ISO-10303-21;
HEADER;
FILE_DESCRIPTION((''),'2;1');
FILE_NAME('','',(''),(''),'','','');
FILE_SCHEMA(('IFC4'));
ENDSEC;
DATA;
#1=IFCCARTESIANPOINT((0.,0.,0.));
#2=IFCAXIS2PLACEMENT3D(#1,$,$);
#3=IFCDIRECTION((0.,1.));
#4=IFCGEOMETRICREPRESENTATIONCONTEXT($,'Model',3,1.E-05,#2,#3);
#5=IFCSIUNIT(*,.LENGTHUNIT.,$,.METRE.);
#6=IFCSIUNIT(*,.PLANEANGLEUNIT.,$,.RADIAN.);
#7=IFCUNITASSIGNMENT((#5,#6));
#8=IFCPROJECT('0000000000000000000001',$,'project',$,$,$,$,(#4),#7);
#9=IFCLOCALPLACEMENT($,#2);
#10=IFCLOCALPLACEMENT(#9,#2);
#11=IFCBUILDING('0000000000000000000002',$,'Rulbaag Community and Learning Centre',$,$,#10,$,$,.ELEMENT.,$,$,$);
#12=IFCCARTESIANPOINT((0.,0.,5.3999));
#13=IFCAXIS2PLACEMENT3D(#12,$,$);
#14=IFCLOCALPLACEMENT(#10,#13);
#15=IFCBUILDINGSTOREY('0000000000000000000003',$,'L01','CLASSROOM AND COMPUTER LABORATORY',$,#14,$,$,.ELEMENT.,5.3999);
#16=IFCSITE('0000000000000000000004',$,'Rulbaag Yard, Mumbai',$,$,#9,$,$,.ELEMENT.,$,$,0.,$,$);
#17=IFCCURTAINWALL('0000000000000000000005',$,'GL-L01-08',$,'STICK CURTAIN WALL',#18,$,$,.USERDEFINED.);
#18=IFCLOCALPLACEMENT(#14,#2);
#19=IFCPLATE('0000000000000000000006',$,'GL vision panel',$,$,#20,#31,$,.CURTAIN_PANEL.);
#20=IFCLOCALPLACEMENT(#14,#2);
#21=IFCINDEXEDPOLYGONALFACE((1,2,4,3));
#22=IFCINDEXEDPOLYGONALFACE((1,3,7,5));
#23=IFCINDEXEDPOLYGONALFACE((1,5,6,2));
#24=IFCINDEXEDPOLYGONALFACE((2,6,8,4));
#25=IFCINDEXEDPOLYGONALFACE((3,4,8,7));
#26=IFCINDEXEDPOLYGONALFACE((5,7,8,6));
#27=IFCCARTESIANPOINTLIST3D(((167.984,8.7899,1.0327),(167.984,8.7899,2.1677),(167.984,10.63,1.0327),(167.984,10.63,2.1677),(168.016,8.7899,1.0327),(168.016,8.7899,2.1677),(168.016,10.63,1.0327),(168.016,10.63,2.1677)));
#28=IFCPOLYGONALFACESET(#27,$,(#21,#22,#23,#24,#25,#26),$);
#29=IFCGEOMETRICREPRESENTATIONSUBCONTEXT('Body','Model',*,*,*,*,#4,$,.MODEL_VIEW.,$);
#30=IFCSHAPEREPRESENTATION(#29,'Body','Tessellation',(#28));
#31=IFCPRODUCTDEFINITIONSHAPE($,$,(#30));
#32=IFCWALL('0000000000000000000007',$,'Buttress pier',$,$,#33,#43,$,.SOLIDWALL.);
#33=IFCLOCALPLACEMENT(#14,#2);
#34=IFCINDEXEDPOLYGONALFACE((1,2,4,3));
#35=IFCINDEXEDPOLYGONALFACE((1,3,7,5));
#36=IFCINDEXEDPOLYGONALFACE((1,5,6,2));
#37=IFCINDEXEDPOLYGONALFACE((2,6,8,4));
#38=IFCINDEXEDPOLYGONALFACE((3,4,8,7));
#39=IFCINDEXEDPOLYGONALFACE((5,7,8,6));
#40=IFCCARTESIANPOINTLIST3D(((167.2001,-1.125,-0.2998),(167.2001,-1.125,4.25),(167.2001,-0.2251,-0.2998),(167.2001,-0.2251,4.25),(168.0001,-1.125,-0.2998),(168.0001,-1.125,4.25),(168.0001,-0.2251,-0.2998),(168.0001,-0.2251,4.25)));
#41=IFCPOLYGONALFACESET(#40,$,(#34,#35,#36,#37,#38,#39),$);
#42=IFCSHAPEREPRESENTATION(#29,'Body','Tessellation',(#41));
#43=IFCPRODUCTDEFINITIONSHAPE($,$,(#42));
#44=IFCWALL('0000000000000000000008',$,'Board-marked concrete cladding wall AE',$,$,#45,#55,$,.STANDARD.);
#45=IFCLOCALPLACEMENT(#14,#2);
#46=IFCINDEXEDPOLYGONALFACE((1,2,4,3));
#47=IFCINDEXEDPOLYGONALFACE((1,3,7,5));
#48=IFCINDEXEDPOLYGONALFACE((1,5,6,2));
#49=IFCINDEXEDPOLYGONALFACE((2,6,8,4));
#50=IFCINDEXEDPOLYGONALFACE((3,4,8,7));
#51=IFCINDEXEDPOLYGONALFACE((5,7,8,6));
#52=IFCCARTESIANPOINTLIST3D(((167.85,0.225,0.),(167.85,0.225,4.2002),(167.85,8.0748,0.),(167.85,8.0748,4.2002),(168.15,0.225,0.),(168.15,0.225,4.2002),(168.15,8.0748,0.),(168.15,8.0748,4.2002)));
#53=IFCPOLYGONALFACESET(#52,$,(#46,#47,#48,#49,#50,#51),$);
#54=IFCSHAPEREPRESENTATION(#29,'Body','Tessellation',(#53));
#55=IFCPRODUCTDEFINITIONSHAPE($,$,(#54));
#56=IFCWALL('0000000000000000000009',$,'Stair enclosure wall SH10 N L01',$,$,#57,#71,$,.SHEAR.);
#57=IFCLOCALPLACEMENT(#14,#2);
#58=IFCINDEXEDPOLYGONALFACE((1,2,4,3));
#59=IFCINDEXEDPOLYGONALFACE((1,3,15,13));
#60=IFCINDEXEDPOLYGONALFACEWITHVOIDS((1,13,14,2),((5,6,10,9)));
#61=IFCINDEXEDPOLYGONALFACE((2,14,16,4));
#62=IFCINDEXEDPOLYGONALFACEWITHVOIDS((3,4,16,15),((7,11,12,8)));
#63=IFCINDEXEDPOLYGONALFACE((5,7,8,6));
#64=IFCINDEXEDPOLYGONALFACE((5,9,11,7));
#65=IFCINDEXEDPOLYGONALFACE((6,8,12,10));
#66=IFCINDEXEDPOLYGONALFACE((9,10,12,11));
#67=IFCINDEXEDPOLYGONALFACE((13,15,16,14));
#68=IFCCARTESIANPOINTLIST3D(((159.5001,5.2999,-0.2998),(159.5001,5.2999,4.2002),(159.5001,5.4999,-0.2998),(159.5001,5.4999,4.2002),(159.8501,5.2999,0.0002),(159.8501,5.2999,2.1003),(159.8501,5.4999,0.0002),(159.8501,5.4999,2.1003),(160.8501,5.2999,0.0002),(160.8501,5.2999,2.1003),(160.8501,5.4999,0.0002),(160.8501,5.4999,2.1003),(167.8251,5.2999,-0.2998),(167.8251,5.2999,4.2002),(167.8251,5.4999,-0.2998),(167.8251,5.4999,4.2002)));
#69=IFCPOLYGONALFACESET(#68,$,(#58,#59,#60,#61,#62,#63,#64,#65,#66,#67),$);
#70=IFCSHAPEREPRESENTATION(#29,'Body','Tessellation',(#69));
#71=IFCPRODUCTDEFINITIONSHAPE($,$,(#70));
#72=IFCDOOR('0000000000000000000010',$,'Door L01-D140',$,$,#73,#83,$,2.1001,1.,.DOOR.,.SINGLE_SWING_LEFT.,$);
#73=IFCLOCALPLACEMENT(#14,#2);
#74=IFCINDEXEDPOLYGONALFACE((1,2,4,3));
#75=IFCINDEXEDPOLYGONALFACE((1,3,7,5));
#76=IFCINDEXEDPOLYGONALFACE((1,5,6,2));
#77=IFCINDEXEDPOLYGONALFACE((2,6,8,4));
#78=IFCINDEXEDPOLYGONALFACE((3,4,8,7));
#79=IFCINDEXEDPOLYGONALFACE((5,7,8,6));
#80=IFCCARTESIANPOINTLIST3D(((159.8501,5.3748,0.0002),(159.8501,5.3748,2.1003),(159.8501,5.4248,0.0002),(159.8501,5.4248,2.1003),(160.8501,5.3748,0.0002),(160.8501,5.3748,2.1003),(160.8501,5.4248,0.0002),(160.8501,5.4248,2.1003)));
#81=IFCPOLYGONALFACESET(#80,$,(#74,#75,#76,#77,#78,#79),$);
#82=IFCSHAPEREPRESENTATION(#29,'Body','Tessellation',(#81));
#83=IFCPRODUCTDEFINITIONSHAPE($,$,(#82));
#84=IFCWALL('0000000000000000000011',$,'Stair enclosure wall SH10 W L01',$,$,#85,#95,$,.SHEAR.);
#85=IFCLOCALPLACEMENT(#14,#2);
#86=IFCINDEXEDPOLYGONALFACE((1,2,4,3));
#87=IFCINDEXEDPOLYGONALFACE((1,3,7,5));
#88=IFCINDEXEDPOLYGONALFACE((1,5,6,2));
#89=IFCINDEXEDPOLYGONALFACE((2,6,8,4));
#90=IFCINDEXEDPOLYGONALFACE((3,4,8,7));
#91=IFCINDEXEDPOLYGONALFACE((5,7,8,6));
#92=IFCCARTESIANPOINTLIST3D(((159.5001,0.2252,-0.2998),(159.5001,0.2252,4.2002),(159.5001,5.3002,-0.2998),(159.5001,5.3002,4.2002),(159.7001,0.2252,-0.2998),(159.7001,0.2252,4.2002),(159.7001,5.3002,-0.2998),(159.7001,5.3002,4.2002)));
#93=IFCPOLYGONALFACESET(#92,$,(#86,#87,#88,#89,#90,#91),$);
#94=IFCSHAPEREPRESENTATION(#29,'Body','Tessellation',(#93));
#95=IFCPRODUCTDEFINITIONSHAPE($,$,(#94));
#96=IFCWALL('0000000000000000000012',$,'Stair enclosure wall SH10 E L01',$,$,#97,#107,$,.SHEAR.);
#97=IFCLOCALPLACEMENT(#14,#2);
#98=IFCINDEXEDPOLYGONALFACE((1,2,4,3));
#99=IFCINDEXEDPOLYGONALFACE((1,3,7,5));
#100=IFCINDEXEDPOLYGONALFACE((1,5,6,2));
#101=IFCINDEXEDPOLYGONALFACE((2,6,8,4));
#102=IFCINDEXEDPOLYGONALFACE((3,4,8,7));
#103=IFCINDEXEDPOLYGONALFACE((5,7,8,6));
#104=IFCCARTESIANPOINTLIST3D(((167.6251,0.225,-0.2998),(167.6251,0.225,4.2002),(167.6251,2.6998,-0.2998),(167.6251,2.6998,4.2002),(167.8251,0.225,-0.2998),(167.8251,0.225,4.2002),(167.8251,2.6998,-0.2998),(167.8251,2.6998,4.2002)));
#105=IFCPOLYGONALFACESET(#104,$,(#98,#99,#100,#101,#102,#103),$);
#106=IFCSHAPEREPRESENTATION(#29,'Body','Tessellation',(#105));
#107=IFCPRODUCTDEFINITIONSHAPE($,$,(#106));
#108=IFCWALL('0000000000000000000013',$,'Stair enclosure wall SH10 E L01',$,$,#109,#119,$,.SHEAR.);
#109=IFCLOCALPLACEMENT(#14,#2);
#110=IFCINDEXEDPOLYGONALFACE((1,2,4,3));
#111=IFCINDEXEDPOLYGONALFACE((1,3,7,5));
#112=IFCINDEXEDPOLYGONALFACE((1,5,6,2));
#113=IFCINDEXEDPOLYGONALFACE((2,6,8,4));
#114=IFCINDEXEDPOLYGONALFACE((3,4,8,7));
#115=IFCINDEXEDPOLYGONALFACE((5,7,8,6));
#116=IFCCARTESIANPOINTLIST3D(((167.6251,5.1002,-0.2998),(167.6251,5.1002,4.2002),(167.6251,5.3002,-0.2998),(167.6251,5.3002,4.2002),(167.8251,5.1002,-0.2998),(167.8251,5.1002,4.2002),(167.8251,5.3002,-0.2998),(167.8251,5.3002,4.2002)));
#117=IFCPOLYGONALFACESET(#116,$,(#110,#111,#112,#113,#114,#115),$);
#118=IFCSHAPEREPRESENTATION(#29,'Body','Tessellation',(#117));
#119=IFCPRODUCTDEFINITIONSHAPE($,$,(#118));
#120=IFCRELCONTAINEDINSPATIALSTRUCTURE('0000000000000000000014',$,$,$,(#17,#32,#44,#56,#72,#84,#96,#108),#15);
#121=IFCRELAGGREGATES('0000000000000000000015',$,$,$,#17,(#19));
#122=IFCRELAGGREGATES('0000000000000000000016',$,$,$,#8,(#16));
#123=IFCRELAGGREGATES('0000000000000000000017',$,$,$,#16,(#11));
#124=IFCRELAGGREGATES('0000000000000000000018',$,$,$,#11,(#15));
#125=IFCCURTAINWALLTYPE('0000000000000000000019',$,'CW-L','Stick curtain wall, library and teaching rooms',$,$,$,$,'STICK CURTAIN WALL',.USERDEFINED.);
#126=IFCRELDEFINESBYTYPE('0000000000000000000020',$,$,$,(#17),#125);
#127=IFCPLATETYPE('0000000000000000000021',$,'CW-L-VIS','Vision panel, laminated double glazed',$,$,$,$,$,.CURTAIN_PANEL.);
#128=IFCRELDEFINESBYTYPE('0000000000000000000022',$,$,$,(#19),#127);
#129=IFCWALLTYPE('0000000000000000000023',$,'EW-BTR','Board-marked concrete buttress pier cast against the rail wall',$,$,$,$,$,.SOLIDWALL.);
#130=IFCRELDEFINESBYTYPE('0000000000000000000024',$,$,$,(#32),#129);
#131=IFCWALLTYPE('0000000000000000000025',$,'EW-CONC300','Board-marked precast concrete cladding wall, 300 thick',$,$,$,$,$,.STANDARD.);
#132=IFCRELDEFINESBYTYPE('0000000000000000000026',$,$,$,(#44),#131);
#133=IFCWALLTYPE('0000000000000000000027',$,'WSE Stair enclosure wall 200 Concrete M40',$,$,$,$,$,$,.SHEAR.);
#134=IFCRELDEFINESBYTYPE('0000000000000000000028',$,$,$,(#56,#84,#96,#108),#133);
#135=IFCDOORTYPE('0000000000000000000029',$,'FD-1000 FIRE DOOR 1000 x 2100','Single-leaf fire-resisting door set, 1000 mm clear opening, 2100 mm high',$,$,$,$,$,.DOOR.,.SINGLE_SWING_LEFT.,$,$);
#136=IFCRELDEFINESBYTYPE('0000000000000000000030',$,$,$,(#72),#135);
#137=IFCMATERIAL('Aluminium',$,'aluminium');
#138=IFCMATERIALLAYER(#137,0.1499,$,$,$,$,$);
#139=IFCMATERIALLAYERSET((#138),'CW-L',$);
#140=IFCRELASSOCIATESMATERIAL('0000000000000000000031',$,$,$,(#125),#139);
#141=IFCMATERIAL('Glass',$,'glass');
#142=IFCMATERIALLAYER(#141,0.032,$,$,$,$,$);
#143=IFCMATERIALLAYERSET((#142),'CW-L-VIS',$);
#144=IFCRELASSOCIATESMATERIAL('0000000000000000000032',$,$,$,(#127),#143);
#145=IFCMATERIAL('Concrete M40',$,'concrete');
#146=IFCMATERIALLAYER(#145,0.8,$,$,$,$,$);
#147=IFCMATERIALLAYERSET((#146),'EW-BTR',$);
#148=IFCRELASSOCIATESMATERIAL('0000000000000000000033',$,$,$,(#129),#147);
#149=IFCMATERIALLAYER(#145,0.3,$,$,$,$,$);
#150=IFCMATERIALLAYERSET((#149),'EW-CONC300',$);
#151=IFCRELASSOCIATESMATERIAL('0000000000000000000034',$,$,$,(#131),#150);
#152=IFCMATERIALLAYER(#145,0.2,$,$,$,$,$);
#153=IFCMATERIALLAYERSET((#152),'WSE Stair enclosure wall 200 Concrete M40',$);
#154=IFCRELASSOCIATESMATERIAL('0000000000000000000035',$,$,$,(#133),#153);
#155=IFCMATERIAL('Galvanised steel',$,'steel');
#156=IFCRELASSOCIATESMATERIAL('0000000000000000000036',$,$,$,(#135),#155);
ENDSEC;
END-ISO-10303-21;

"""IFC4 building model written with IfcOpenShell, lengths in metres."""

from ifc_helpers import new_model, si_unit, direction, frame, frame_2d, origin, origin_2d, place, context, subcontext, project, spatial, rectangle, extrude, material, layer, layer_set, type_object, element, fill, aggregate, save


model = new_model("IFC4")

# Units and contexts
model_context = context("Model", 3, precision=1e-05, world=origin(), true_north=direction((0.0, 1.0)))
body_context = subcontext(model_context, "Body", "Model", "MODEL_VIEW")
ifc_project = project(units=[si_unit("LENGTHUNIT", "METRE"), si_unit("PLANEANGLEUNIT", "RADIAN")], contexts=[model_context])

# Site, building, storey
site_placement = place(None, origin())
site = spatial("IfcSite", under=ifc_project, at=site_placement, Name="Rulbaag Yard, Mumbai", CompositionType="ELEMENT", RefElevation=0.0)
building_placement = place(site_placement, origin())
building = spatial("IfcBuilding", under=site, at=building_placement, Name="Rulbaag Community and Learning Centre", CompositionType="ELEMENT")
storey_placement = place(building_placement, frame((0.0, 0.0, 5.3999)))
storey = spatial("IfcBuildingStorey", under=building, at=storey_placement, Name="L01", Description="CLASSROOM AND COMPUTER LABORATORY", CompositionType="ELEMENT", Elevation=5.3999)

# Shared definitions
ifc_material_1 = material(Name="Concrete M40", Category="concrete")

# Curtain wall, plate
ifc_material_2 = material(Name="Aluminium", Category="aluminium")
ifc_layer_1 = layer(ifc_material_2, 0.1499)
ifc_layer_set_1 = layer_set([ifc_layer_1], Name="CW-L")
curtain_wall_type = type_object("IfcCurtainWallType", Name="CW-L", Description="Stick curtain wall, library and teaching rooms", ElementType="STICK CURTAIN WALL", PredefinedType="USERDEFINED", material=ifc_layer_set_1)
curtain_wall_placement = place(storey_placement, origin())
curtain_wall = element("IfcCurtainWall", 1, at=curtain_wall_placement, inside=storey, type_object=curtain_wall_type, Name="GL-L01-08", ObjectType="STICK CURTAIN WALL", PredefinedType="USERDEFINED")
ifc_material_3 = material(Name="Glass", Category="glass")
ifc_layer_2 = layer(ifc_material_3, 0.032)
ifc_layer_set_2 = layer_set([ifc_layer_2], Name="CW-L-VIS")
plate_type_1 = type_object("IfcPlateType", Name="CW-L-VIS", Description="Vision panel, laminated double glazed", PredefinedType="CURTAIN_PANEL", material=ifc_layer_set_2)
plate_1_placement = place(storey_placement, frame((168.0, 9.71, 1.0327), z_axis=(0.0, 0.0, 1.0), x_axis=(0.0, 1.0, 0.0)))
plate_1 = element("IfcPlate", 2, at=plate_1_placement, type_object=plate_type_1, Name="GL vision panel", PredefinedType="CURTAIN_PANEL", context=body_context, shape_type="SweptSolid", body=[
    extrude(rectangle(XDim=1.8401, YDim=0.032, at=origin_2d()), origin(), (0.0, 0.0, 1.0), 1.135),
])
aggregate(curtain_wall, [plate_1])

# Walls
ifc_layer_3 = layer(ifc_material_1, 0.8)
ifc_layer_set_3 = layer_set([ifc_layer_3], Name="EW-BTR")
wall_type_1 = type_object("IfcWallType", Name="EW-BTR", Description="Board-marked concrete buttress pier cast against the rail wall", PredefinedType="SOLIDWALL", material=ifc_layer_set_3)
wall_1_placement = place(storey_placement, frame((167.6001, -0.2251, -0.2998), z_axis=(0.0, 0.0, 1.0), x_axis=(0.0, -1.0, 0.0)))
element("IfcWall", 3, at=wall_1_placement, inside=storey, type_object=wall_type_1, Name="Buttress pier", PredefinedType="SOLIDWALL", context=body_context, shape_type="SweptSolid", body=[
    extrude(rectangle(XDim=0.8999, YDim=0.8, at=frame_2d((0.45, 0.0))), origin(), (0.0, 0.0, 1.0), 4.5498),
])
ifc_layer_4 = layer(ifc_material_1, 0.3)
ifc_layer_set_4 = layer_set([ifc_layer_4], Name="EW-CONC300")
wall_type_2 = type_object("IfcWallType", Name="EW-CONC300", Description="Board-marked precast concrete cladding wall, 300 thick", PredefinedType="STANDARD", material=ifc_layer_set_4)
wall_2_placement = place(storey_placement, frame((168.0, 0.2251, 0.0), z_axis=(0.0, 0.0, 1.0), x_axis=(0.0, 1.0, 0.0)))
element("IfcWall", 4, at=wall_2_placement, inside=storey, type_object=wall_type_2, Name="Board-marked concrete cladding wall AE", PredefinedType="STANDARD", context=body_context, shape_type="SweptSolid", body=[
    extrude(rectangle(XDim=7.8499, YDim=0.3, at=frame_2d((3.9248, 0.0))), origin(), (0.0, 0.0, 1.0), 4.2002),
])

# Wall, opening, door
ifc_layer_5 = layer(ifc_material_1, 0.2)
ifc_layer_set_5 = layer_set([ifc_layer_5], Name="WSE Stair enclosure wall 200 Concrete M40")
wall_type_3 = type_object("IfcWallType", Name="WSE Stair enclosure wall 200 Concrete M40", PredefinedType="SHEAR", material=ifc_layer_set_5)
wall_3_placement = place(storey_placement, frame((159.5, 5.3999, -0.2998), z_axis=(0.0, 0.0, 1.0), x_axis=(1.0, 0.0, 0.0)))
wall_3 = element("IfcWall", 5, at=wall_3_placement, inside=storey, type_object=wall_type_3, Name="Stair enclosure wall SH10 N L01", PredefinedType="SHEAR", context=body_context, shape_type="SweptSolid", body=[
    extrude(rectangle(XDim=8.325, YDim=0.2, at=frame_2d((4.1626, 0.0))), origin(), (0.0, 0.0, 1.0), 4.5),
])
opening_placement = place(wall_3_placement, frame((0.3501, 0.0, 0.3)))
opening = element("IfcOpeningElement", 6, at=opening_placement, cuts=wall_3, PredefinedType="OPENING", context=body_context, shape_type="SweptSolid", body=[
    extrude(rectangle(XDim=1.0, YDim=2.1001, at=frame_2d((0.5, 1.05))), frame((0.0, 0.1099, 0.0), z_axis=(0.0, -1.0, 0.0), x_axis=(1.0, 0.0, 0.0)), (0.0, 0.0, 1.0), 0.22),
])
ifc_material_4 = material(Name="Galvanised steel", Category="steel")
door_type = type_object("IfcDoorType", Name="FD-1000 FIRE DOOR 1000 x 2100", Description="Single-leaf fire-resisting door set, 1000 mm clear opening, 2100 mm high", OperationType="SINGLE_SWING_LEFT", PredefinedType="DOOR", material=ifc_material_4)
door_placement = place(opening_placement, origin())
door = element("IfcDoor", 7, at=door_placement, inside=storey, type_object=door_type, Name="Door L01-D140", OperationType="SINGLE_SWING_LEFT", OverallHeight=2.1001, OverallWidth=1.0, PredefinedType="DOOR", context=body_context, shape_type="SweptSolid", body=[
    extrude(rectangle(XDim=1.0, YDim=2.1001, at=frame_2d((0.5, 1.05))), frame((0.0, 0.0249, 0.0), z_axis=(0.0, -1.0, 0.0), x_axis=(1.0, 0.0, 0.0)), (0.0, 0.0, 1.0), 0.05),
])
fill(opening, door)

# Walls
wall_4_placement = place(storey_placement, frame((159.6001, 0.2251, -0.2998), z_axis=(0.0, 0.0, 1.0), x_axis=(0.0, 1.0, 0.0)))
element("IfcWall", 8, at=wall_4_placement, inside=storey, type_object=wall_type_3, Name="Stair enclosure wall SH10 W L01", PredefinedType="SHEAR", context=body_context, shape_type="SweptSolid", body=[
    extrude(rectangle(XDim=5.075, YDim=0.2, at=frame_2d((2.5376, 0.0))), origin(), (0.0, 0.0, 1.0), 4.5),
])
wall_5_placement = place(storey_placement, frame((167.7251, 0.2251, -0.2998), z_axis=(0.0, 0.0, 1.0), x_axis=(0.0, 1.0, 0.0)))
element("IfcWall", 9, at=wall_5_placement, inside=storey, type_object=wall_type_3, Name="Stair enclosure wall SH10 E L01", PredefinedType="SHEAR", context=body_context, shape_type="SweptSolid", body=[
    extrude(rectangle(XDim=2.4749, YDim=0.2, at=frame_2d((1.2373, 0.0))), origin(), (0.0, 0.0, 1.0), 4.5),
])
wall_6_placement = place(storey_placement, frame((167.7251, 5.1001, -0.2998), z_axis=(0.0, 0.0, 1.0), x_axis=(0.0, 1.0, 0.0)))
element("IfcWall", 10, at=wall_6_placement, inside=storey, type_object=wall_type_3, Name="Stair enclosure wall SH10 E L01", PredefinedType="SHEAR", context=body_context, shape_type="SweptSolid", body=[
    extrude(rectangle(XDim=0.2, YDim=0.2, at=frame_2d((0.1001, 0.0))), origin(), (0.0, 0.0, 1.0), 4.5),
])

save(model, "model.ifc")
